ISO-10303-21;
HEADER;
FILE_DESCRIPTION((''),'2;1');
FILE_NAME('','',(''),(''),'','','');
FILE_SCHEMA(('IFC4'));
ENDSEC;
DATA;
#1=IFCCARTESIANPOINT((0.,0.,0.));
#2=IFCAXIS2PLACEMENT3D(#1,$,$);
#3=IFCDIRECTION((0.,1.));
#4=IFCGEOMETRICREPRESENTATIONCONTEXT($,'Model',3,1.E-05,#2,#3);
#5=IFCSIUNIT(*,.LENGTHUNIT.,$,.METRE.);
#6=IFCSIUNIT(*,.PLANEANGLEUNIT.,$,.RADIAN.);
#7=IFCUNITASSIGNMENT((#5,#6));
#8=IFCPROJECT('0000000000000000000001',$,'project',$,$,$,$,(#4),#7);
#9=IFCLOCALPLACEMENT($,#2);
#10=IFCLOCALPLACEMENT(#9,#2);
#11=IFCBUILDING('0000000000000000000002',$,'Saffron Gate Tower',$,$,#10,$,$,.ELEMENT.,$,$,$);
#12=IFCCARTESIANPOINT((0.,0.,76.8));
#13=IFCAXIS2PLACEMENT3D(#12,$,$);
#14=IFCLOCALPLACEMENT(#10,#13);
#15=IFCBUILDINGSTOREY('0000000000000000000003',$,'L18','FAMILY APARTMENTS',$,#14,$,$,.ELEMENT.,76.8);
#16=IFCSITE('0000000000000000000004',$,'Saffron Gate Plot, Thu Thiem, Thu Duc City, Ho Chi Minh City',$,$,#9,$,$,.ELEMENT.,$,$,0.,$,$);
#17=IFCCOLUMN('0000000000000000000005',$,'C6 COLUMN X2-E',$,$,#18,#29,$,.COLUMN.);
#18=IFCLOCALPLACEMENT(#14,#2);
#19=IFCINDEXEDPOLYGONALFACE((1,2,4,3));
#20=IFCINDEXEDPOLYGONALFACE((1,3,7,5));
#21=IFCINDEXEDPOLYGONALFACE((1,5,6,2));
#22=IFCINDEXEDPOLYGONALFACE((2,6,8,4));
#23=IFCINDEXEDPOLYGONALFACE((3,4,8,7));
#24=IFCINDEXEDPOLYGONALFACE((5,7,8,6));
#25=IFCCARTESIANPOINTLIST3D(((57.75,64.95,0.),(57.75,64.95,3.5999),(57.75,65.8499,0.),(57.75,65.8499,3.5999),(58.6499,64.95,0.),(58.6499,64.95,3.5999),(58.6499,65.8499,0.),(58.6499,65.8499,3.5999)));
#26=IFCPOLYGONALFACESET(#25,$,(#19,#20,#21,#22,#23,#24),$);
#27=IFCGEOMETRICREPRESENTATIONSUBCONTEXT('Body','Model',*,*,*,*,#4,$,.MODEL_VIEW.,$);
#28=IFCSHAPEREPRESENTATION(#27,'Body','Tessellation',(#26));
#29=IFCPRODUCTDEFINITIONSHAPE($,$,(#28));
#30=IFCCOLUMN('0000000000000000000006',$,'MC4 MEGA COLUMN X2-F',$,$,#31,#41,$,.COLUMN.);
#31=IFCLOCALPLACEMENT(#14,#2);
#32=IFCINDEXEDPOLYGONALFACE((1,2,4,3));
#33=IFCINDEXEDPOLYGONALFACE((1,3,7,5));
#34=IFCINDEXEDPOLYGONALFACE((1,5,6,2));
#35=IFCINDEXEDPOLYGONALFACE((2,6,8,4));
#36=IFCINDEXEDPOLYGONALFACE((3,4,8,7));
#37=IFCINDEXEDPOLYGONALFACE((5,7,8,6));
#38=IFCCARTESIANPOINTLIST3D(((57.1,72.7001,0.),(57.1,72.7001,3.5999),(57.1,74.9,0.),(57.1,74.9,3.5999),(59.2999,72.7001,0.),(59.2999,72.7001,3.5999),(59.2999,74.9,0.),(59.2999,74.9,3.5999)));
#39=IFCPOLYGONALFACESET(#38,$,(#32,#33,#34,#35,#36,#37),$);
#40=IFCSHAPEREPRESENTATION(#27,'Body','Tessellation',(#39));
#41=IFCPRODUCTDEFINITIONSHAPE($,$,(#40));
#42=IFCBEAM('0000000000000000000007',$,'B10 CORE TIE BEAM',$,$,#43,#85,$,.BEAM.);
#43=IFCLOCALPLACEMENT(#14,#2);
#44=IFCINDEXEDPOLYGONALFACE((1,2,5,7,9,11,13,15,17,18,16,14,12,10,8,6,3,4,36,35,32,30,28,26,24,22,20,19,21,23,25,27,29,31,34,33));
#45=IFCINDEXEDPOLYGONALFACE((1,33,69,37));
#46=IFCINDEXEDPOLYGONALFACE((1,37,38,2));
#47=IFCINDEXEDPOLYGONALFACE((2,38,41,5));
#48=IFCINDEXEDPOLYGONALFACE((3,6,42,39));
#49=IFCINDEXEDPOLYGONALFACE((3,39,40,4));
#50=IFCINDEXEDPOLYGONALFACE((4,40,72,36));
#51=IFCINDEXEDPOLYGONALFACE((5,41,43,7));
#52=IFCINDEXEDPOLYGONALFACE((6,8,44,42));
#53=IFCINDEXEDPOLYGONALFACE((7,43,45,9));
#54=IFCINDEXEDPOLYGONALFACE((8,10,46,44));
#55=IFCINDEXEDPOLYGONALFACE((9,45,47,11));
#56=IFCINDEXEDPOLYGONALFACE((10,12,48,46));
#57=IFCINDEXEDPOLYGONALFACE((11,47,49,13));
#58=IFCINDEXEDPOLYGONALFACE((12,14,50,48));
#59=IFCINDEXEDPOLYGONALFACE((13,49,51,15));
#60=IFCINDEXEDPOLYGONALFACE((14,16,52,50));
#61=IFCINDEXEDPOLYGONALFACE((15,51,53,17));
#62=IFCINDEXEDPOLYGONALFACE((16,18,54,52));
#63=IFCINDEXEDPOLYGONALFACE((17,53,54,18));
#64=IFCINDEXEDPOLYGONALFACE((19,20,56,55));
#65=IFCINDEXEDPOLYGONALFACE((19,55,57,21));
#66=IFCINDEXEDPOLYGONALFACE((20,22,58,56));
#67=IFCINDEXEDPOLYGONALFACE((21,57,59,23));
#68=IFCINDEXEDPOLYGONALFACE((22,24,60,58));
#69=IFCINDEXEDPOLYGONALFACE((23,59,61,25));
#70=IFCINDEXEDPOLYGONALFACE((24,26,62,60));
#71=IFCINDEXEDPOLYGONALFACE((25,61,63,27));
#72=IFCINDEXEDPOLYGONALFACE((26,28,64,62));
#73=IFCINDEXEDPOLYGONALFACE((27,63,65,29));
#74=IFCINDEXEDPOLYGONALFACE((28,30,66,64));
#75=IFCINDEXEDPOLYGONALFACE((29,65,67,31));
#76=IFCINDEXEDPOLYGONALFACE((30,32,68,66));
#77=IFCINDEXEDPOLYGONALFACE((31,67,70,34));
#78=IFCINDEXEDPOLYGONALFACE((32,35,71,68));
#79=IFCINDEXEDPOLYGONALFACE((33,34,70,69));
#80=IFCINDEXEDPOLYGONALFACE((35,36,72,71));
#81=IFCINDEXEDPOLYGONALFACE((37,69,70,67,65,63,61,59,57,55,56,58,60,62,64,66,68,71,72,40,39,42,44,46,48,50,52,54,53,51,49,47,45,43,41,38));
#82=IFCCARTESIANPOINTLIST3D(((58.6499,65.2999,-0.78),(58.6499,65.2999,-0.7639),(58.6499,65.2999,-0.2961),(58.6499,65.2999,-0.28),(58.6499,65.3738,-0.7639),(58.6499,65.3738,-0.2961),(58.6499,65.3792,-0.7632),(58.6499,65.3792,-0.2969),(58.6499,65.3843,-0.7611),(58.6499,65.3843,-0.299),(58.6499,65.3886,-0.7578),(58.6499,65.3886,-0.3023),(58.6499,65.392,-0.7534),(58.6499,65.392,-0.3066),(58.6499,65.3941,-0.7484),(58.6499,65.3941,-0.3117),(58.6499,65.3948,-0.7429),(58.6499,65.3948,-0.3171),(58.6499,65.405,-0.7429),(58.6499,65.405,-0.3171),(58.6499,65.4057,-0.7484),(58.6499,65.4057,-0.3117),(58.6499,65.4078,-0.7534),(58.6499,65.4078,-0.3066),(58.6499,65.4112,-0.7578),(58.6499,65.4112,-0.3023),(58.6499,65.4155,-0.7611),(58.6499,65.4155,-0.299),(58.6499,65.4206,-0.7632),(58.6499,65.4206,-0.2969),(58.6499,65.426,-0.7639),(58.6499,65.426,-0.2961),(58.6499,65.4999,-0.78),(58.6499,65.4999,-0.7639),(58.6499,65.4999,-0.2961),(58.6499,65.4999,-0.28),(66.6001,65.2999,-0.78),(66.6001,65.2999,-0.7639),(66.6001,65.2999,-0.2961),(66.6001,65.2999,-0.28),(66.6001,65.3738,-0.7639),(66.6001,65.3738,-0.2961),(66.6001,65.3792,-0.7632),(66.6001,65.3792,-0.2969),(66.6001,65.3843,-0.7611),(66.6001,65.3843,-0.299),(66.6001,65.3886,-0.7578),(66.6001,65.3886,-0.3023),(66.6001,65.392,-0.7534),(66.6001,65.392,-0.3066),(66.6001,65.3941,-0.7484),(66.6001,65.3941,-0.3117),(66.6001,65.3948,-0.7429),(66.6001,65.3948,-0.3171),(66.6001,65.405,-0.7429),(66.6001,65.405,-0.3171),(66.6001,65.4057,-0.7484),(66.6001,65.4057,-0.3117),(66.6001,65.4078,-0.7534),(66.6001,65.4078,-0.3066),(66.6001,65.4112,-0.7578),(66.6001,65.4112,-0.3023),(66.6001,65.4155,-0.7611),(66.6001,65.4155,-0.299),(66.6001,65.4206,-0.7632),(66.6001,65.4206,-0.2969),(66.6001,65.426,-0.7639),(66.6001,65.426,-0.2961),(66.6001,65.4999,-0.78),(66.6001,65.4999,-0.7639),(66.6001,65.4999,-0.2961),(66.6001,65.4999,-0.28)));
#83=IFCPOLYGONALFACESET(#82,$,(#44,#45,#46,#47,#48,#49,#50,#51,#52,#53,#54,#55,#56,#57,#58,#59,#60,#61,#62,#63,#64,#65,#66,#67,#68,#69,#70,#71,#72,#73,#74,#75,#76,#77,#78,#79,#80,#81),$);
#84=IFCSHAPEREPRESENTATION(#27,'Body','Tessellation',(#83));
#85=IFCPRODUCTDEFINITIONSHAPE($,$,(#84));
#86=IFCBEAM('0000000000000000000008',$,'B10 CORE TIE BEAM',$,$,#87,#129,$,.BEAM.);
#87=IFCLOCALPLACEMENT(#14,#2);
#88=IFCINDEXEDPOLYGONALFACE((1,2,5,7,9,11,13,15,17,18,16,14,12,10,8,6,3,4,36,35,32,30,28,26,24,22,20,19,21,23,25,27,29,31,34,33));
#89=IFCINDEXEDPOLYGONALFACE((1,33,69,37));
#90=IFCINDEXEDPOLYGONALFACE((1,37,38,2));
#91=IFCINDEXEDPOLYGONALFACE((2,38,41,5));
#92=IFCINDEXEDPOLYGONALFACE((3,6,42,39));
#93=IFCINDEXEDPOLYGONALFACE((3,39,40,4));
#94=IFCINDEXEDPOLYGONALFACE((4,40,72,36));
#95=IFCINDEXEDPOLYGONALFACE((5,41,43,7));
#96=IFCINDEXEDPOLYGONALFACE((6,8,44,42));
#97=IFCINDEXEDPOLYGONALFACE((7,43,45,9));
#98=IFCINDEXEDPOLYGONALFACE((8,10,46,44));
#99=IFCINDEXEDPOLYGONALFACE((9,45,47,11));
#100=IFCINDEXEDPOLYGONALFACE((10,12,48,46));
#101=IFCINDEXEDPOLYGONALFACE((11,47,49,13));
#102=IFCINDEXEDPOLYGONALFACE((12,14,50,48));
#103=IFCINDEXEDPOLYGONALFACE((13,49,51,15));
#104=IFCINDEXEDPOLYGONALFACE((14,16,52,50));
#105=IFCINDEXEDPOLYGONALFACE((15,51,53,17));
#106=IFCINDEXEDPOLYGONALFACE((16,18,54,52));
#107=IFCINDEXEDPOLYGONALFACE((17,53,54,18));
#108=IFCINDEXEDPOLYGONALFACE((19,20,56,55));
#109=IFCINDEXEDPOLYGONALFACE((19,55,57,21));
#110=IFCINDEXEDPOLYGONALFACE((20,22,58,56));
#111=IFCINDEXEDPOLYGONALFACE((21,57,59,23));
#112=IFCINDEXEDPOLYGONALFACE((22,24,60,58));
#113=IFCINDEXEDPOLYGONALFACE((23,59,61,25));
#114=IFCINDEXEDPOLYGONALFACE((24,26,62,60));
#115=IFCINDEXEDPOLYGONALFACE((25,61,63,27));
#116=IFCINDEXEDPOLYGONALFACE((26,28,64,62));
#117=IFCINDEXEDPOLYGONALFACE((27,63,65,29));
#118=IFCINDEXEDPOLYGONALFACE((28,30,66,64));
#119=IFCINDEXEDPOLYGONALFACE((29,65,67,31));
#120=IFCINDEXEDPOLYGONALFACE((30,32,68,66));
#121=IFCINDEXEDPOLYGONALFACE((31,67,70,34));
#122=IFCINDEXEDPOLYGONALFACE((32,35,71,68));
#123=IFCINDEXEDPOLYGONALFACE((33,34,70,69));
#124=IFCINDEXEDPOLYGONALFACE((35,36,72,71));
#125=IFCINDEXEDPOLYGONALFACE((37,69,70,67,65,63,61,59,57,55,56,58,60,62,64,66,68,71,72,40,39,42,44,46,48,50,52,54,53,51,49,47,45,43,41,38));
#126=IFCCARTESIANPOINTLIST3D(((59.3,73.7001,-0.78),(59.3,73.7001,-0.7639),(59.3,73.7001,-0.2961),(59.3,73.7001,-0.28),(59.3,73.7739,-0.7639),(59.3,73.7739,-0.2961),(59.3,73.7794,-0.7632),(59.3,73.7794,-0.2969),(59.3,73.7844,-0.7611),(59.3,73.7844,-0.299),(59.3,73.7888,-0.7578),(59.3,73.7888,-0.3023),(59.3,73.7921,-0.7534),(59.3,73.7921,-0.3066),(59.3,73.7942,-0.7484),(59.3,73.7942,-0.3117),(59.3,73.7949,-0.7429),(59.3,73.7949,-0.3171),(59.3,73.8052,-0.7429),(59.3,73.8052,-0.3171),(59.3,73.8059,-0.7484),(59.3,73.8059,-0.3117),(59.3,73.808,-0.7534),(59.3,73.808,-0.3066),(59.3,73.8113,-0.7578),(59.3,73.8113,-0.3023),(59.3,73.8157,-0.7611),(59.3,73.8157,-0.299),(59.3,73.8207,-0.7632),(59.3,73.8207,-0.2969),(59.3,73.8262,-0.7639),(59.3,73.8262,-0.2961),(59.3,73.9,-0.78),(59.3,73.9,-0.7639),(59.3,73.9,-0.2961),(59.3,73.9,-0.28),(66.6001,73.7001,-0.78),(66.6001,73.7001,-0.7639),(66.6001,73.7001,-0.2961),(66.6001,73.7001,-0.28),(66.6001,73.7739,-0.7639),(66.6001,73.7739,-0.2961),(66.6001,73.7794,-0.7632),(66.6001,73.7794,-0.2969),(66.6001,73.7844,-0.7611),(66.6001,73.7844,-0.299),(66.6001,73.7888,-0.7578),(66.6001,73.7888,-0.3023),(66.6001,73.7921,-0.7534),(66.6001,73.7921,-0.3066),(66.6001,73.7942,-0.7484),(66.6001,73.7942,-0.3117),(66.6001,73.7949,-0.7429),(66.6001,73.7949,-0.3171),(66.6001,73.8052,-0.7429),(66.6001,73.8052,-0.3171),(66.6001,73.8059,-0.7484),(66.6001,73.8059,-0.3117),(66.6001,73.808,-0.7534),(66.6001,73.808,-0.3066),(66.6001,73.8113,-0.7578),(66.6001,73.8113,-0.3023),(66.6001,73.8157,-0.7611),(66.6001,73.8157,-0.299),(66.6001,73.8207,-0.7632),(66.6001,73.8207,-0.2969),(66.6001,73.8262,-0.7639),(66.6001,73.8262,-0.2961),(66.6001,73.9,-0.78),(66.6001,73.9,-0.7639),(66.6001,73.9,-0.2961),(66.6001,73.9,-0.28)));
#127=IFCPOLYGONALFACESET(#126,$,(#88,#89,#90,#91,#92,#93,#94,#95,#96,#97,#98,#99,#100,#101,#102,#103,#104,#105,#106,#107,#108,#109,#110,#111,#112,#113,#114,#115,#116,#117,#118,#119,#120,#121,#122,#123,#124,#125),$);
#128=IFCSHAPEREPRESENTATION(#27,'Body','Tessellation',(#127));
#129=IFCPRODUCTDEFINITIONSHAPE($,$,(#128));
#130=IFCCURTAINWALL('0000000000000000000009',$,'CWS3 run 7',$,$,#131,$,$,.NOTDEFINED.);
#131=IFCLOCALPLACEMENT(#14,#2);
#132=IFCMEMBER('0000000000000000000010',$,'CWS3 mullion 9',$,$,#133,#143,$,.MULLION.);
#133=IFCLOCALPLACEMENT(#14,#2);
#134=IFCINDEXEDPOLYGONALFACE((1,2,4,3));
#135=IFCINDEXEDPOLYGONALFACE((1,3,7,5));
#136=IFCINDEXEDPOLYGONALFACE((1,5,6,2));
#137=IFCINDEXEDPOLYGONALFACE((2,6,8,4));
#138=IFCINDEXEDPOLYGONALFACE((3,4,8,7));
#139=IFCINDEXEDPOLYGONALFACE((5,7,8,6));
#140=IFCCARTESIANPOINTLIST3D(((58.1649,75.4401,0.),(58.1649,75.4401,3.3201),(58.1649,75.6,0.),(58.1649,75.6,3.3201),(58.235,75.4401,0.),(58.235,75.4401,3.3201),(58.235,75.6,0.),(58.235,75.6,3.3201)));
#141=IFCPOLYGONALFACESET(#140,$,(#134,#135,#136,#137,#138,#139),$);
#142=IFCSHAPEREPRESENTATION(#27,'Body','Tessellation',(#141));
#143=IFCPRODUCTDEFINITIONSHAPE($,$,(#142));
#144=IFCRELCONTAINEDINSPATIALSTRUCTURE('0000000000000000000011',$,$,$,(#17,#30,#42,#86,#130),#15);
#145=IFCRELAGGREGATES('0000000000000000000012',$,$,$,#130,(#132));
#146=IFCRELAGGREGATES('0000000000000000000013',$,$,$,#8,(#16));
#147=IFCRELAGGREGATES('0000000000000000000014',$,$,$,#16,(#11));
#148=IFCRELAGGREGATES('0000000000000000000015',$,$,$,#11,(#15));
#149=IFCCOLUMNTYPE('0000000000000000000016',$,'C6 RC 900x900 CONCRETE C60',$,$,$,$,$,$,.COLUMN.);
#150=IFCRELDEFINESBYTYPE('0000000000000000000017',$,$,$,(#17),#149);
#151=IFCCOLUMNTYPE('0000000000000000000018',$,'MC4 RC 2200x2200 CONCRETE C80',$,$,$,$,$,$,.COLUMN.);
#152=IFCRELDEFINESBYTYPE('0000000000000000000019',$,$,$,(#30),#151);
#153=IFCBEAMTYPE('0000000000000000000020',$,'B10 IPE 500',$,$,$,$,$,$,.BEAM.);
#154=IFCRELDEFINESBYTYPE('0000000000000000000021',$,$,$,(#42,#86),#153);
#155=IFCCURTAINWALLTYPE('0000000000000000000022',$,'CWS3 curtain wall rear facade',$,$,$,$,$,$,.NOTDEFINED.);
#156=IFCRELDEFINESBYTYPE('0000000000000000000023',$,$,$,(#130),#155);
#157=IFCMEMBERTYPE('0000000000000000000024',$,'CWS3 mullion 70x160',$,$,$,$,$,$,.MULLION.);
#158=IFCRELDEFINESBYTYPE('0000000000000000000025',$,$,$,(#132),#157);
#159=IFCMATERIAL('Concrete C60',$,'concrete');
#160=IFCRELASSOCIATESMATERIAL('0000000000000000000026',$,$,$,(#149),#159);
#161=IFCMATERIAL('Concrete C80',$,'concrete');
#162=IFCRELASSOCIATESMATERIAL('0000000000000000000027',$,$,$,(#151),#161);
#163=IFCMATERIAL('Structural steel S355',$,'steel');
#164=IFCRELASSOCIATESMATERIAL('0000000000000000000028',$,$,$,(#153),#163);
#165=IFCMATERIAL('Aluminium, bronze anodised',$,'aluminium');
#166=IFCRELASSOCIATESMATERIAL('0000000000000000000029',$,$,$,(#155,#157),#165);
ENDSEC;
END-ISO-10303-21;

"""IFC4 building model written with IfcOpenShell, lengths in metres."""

from ifc_helpers import new_model, si_unit, direction, frame, origin, origin_2d, place, context, subcontext, project, spatial, rectangle, i_section, extrude, material, material_profile, profile_set, type_object, element, aggregate, save


model = new_model("IFC4")

# Units and contexts
model_context = context("Model", 3, precision=1e-05, world=origin(), true_north=direction((0.0, 1.0)))
body_context = subcontext(model_context, "Body", "Model", "MODEL_VIEW")
ifc_project = project(units=[si_unit("LENGTHUNIT", "METRE"), si_unit("PLANEANGLEUNIT", "RADIAN")], contexts=[model_context])

# Site, building, storey
site_placement = place(None, origin())
site = spatial("IfcSite", under=ifc_project, at=site_placement, Name="Saffron Gate Plot, Thu Thiem, Thu Duc City, Ho Chi Minh City", CompositionType="ELEMENT", RefElevation=0.0)
building_placement = place(site_placement, origin())
building = spatial("IfcBuilding", under=site, at=building_placement, Name="Saffron Gate Tower", CompositionType="ELEMENT")
storey_placement = place(building_placement, frame((0.0, 0.0, 76.8)))
storey = spatial("IfcBuildingStorey", under=building, at=storey_placement, Name="L18", Description="FAMILY APARTMENTS", CompositionType="ELEMENT", Elevation=76.8)

# Columns
ifc_material_1 = material(Name="Concrete C60", Category="concrete")
ifc_material_profile_1 = material_profile(ifc_material_1, rectangle(XDim=0.8999, YDim=0.8999, at=origin_2d()))
ifc_profile_set_1 = profile_set([ifc_material_profile_1], Name="Concrete C60")
column_type_1 = type_object("IfcColumnType", Name="C6 RC 900x900 CONCRETE C60", PredefinedType="COLUMN", material=ifc_profile_set_1)
column_1_placement = place(storey_placement, frame((58.2, 65.3999, 0.0), z_axis=(0.0, 0.0, 1.0), x_axis=(1.0, 0.0, 0.0)))
element("IfcColumn", 1, at=column_1_placement, inside=storey, type_object=column_type_1, Name="C6 COLUMN X2-E", PredefinedType="COLUMN", context=body_context, shape_type="SweptSolid", body=[
    extrude(rectangle(XDim=0.8999, YDim=0.8999, at=origin_2d()), origin(), (0.0, 0.0, 1.0), 3.5999),
])
ifc_material_2 = material(Name="Concrete C80", Category="concrete")
ifc_material_profile_2 = material_profile(ifc_material_2, rectangle(XDim=2.2, YDim=2.2, at=origin_2d()))
ifc_profile_set_2 = profile_set([ifc_material_profile_2], Name="Concrete C80")
column_type_2 = type_object("IfcColumnType", Name="MC4 RC 2200x2200 CONCRETE C80", PredefinedType="COLUMN", material=ifc_profile_set_2)
column_2_placement = place(storey_placement, frame((58.2, 73.8, 0.0), z_axis=(0.0, 0.0, 1.0), x_axis=(1.0, 0.0, 0.0)))
element("IfcColumn", 2, at=column_2_placement, inside=storey, type_object=column_type_2, Name="MC4 MEGA COLUMN X2-F", PredefinedType="COLUMN", context=body_context, shape_type="SweptSolid", body=[
    extrude(rectangle(XDim=2.2, YDim=2.2, at=origin_2d()), origin(), (0.0, 0.0, 1.0), 3.5999),
])

# Beams
ifc_material_3 = material(Name="Structural steel S355", Category="steel")
ifc_material_profile_3 = material_profile(ifc_material_3, i_section(OverallWidth=0.2, OverallDepth=0.5, WebThickness=0.0103, FlangeThickness=0.0161, FilletRadius=0.021, at=origin_2d()))
ifc_profile_set_3 = profile_set([ifc_material_profile_3], Name="Structural steel S355")
beam_type = type_object("IfcBeamType", Name="B10 IPE 500", PredefinedType="BEAM", material=ifc_profile_set_3)
beam_1_placement = place(storey_placement, frame((58.6499, 65.3999, -0.53), z_axis=(1.0, 0.0, 0.0), x_axis=(0.0, 1.0, 0.0)))
element("IfcBeam", 3, at=beam_1_placement, inside=storey, type_object=beam_type, Name="B10 CORE TIE BEAM", PredefinedType="BEAM", context=body_context, shape_type="SweptSolid", body=[
    extrude(i_section(OverallWidth=0.2, OverallDepth=0.5, WebThickness=0.0103, FlangeThickness=0.0161, FilletRadius=0.021, at=origin_2d()), origin(), (0.0, 0.0, 1.0), 7.9502),
])
beam_2_placement = place(storey_placement, frame((59.3, 73.8, -0.53), z_axis=(1.0, 0.0, 0.0), x_axis=(0.0, 1.0, 0.0)))
element("IfcBeam", 4, at=beam_2_placement, inside=storey, type_object=beam_type, Name="B10 CORE TIE BEAM", PredefinedType="BEAM", context=body_context, shape_type="SweptSolid", body=[
    extrude(i_section(OverallWidth=0.2, OverallDepth=0.5, WebThickness=0.0103, FlangeThickness=0.0161, FilletRadius=0.021, at=origin_2d()), origin(), (0.0, 0.0, 1.0), 7.3),
])

# Curtain wall, member
ifc_material_4 = material(Name="Aluminium, bronze anodised", Category="aluminium")
curtain_wall_type = type_object("IfcCurtainWallType", Name="CWS3 curtain wall rear facade", PredefinedType="NOTDEFINED", material=ifc_material_4)
curtain_wall_placement = place(storey_placement, origin())
curtain_wall = element("IfcCurtainWall", 5, at=curtain_wall_placement, inside=storey, type_object=curtain_wall_type, Name="CWS3 run 7", PredefinedType="NOTDEFINED")
ifc_material_profile_4 = material_profile(ifc_material_4, rectangle(XDim=0.1599, YDim=0.0701, at=origin_2d()))
ifc_profile_set_4 = profile_set([ifc_material_profile_4], Name="Aluminium, bronze anodised")
member_type = type_object("IfcMemberType", Name="CWS3 mullion 70x160", PredefinedType="MULLION", material=ifc_profile_set_4)
member_placement = place(storey_placement, frame((58.2, 75.52, 0.0), z_axis=(0.0, 0.0, 1.0), x_axis=(0.0, -1.0, 0.0)))
member = element("IfcMember", 6, at=member_placement, type_object=member_type, Name="CWS3 mullion 9", PredefinedType="MULLION", context=body_context, shape_type="SweptSolid", body=[
    extrude(rectangle(XDim=0.1599, YDim=0.0701, at=origin_2d()), origin(), (0.0, 0.0, 1.0), 3.3201),
])
aggregate(curtain_wall, [member])

save(model, "model.ifc")
